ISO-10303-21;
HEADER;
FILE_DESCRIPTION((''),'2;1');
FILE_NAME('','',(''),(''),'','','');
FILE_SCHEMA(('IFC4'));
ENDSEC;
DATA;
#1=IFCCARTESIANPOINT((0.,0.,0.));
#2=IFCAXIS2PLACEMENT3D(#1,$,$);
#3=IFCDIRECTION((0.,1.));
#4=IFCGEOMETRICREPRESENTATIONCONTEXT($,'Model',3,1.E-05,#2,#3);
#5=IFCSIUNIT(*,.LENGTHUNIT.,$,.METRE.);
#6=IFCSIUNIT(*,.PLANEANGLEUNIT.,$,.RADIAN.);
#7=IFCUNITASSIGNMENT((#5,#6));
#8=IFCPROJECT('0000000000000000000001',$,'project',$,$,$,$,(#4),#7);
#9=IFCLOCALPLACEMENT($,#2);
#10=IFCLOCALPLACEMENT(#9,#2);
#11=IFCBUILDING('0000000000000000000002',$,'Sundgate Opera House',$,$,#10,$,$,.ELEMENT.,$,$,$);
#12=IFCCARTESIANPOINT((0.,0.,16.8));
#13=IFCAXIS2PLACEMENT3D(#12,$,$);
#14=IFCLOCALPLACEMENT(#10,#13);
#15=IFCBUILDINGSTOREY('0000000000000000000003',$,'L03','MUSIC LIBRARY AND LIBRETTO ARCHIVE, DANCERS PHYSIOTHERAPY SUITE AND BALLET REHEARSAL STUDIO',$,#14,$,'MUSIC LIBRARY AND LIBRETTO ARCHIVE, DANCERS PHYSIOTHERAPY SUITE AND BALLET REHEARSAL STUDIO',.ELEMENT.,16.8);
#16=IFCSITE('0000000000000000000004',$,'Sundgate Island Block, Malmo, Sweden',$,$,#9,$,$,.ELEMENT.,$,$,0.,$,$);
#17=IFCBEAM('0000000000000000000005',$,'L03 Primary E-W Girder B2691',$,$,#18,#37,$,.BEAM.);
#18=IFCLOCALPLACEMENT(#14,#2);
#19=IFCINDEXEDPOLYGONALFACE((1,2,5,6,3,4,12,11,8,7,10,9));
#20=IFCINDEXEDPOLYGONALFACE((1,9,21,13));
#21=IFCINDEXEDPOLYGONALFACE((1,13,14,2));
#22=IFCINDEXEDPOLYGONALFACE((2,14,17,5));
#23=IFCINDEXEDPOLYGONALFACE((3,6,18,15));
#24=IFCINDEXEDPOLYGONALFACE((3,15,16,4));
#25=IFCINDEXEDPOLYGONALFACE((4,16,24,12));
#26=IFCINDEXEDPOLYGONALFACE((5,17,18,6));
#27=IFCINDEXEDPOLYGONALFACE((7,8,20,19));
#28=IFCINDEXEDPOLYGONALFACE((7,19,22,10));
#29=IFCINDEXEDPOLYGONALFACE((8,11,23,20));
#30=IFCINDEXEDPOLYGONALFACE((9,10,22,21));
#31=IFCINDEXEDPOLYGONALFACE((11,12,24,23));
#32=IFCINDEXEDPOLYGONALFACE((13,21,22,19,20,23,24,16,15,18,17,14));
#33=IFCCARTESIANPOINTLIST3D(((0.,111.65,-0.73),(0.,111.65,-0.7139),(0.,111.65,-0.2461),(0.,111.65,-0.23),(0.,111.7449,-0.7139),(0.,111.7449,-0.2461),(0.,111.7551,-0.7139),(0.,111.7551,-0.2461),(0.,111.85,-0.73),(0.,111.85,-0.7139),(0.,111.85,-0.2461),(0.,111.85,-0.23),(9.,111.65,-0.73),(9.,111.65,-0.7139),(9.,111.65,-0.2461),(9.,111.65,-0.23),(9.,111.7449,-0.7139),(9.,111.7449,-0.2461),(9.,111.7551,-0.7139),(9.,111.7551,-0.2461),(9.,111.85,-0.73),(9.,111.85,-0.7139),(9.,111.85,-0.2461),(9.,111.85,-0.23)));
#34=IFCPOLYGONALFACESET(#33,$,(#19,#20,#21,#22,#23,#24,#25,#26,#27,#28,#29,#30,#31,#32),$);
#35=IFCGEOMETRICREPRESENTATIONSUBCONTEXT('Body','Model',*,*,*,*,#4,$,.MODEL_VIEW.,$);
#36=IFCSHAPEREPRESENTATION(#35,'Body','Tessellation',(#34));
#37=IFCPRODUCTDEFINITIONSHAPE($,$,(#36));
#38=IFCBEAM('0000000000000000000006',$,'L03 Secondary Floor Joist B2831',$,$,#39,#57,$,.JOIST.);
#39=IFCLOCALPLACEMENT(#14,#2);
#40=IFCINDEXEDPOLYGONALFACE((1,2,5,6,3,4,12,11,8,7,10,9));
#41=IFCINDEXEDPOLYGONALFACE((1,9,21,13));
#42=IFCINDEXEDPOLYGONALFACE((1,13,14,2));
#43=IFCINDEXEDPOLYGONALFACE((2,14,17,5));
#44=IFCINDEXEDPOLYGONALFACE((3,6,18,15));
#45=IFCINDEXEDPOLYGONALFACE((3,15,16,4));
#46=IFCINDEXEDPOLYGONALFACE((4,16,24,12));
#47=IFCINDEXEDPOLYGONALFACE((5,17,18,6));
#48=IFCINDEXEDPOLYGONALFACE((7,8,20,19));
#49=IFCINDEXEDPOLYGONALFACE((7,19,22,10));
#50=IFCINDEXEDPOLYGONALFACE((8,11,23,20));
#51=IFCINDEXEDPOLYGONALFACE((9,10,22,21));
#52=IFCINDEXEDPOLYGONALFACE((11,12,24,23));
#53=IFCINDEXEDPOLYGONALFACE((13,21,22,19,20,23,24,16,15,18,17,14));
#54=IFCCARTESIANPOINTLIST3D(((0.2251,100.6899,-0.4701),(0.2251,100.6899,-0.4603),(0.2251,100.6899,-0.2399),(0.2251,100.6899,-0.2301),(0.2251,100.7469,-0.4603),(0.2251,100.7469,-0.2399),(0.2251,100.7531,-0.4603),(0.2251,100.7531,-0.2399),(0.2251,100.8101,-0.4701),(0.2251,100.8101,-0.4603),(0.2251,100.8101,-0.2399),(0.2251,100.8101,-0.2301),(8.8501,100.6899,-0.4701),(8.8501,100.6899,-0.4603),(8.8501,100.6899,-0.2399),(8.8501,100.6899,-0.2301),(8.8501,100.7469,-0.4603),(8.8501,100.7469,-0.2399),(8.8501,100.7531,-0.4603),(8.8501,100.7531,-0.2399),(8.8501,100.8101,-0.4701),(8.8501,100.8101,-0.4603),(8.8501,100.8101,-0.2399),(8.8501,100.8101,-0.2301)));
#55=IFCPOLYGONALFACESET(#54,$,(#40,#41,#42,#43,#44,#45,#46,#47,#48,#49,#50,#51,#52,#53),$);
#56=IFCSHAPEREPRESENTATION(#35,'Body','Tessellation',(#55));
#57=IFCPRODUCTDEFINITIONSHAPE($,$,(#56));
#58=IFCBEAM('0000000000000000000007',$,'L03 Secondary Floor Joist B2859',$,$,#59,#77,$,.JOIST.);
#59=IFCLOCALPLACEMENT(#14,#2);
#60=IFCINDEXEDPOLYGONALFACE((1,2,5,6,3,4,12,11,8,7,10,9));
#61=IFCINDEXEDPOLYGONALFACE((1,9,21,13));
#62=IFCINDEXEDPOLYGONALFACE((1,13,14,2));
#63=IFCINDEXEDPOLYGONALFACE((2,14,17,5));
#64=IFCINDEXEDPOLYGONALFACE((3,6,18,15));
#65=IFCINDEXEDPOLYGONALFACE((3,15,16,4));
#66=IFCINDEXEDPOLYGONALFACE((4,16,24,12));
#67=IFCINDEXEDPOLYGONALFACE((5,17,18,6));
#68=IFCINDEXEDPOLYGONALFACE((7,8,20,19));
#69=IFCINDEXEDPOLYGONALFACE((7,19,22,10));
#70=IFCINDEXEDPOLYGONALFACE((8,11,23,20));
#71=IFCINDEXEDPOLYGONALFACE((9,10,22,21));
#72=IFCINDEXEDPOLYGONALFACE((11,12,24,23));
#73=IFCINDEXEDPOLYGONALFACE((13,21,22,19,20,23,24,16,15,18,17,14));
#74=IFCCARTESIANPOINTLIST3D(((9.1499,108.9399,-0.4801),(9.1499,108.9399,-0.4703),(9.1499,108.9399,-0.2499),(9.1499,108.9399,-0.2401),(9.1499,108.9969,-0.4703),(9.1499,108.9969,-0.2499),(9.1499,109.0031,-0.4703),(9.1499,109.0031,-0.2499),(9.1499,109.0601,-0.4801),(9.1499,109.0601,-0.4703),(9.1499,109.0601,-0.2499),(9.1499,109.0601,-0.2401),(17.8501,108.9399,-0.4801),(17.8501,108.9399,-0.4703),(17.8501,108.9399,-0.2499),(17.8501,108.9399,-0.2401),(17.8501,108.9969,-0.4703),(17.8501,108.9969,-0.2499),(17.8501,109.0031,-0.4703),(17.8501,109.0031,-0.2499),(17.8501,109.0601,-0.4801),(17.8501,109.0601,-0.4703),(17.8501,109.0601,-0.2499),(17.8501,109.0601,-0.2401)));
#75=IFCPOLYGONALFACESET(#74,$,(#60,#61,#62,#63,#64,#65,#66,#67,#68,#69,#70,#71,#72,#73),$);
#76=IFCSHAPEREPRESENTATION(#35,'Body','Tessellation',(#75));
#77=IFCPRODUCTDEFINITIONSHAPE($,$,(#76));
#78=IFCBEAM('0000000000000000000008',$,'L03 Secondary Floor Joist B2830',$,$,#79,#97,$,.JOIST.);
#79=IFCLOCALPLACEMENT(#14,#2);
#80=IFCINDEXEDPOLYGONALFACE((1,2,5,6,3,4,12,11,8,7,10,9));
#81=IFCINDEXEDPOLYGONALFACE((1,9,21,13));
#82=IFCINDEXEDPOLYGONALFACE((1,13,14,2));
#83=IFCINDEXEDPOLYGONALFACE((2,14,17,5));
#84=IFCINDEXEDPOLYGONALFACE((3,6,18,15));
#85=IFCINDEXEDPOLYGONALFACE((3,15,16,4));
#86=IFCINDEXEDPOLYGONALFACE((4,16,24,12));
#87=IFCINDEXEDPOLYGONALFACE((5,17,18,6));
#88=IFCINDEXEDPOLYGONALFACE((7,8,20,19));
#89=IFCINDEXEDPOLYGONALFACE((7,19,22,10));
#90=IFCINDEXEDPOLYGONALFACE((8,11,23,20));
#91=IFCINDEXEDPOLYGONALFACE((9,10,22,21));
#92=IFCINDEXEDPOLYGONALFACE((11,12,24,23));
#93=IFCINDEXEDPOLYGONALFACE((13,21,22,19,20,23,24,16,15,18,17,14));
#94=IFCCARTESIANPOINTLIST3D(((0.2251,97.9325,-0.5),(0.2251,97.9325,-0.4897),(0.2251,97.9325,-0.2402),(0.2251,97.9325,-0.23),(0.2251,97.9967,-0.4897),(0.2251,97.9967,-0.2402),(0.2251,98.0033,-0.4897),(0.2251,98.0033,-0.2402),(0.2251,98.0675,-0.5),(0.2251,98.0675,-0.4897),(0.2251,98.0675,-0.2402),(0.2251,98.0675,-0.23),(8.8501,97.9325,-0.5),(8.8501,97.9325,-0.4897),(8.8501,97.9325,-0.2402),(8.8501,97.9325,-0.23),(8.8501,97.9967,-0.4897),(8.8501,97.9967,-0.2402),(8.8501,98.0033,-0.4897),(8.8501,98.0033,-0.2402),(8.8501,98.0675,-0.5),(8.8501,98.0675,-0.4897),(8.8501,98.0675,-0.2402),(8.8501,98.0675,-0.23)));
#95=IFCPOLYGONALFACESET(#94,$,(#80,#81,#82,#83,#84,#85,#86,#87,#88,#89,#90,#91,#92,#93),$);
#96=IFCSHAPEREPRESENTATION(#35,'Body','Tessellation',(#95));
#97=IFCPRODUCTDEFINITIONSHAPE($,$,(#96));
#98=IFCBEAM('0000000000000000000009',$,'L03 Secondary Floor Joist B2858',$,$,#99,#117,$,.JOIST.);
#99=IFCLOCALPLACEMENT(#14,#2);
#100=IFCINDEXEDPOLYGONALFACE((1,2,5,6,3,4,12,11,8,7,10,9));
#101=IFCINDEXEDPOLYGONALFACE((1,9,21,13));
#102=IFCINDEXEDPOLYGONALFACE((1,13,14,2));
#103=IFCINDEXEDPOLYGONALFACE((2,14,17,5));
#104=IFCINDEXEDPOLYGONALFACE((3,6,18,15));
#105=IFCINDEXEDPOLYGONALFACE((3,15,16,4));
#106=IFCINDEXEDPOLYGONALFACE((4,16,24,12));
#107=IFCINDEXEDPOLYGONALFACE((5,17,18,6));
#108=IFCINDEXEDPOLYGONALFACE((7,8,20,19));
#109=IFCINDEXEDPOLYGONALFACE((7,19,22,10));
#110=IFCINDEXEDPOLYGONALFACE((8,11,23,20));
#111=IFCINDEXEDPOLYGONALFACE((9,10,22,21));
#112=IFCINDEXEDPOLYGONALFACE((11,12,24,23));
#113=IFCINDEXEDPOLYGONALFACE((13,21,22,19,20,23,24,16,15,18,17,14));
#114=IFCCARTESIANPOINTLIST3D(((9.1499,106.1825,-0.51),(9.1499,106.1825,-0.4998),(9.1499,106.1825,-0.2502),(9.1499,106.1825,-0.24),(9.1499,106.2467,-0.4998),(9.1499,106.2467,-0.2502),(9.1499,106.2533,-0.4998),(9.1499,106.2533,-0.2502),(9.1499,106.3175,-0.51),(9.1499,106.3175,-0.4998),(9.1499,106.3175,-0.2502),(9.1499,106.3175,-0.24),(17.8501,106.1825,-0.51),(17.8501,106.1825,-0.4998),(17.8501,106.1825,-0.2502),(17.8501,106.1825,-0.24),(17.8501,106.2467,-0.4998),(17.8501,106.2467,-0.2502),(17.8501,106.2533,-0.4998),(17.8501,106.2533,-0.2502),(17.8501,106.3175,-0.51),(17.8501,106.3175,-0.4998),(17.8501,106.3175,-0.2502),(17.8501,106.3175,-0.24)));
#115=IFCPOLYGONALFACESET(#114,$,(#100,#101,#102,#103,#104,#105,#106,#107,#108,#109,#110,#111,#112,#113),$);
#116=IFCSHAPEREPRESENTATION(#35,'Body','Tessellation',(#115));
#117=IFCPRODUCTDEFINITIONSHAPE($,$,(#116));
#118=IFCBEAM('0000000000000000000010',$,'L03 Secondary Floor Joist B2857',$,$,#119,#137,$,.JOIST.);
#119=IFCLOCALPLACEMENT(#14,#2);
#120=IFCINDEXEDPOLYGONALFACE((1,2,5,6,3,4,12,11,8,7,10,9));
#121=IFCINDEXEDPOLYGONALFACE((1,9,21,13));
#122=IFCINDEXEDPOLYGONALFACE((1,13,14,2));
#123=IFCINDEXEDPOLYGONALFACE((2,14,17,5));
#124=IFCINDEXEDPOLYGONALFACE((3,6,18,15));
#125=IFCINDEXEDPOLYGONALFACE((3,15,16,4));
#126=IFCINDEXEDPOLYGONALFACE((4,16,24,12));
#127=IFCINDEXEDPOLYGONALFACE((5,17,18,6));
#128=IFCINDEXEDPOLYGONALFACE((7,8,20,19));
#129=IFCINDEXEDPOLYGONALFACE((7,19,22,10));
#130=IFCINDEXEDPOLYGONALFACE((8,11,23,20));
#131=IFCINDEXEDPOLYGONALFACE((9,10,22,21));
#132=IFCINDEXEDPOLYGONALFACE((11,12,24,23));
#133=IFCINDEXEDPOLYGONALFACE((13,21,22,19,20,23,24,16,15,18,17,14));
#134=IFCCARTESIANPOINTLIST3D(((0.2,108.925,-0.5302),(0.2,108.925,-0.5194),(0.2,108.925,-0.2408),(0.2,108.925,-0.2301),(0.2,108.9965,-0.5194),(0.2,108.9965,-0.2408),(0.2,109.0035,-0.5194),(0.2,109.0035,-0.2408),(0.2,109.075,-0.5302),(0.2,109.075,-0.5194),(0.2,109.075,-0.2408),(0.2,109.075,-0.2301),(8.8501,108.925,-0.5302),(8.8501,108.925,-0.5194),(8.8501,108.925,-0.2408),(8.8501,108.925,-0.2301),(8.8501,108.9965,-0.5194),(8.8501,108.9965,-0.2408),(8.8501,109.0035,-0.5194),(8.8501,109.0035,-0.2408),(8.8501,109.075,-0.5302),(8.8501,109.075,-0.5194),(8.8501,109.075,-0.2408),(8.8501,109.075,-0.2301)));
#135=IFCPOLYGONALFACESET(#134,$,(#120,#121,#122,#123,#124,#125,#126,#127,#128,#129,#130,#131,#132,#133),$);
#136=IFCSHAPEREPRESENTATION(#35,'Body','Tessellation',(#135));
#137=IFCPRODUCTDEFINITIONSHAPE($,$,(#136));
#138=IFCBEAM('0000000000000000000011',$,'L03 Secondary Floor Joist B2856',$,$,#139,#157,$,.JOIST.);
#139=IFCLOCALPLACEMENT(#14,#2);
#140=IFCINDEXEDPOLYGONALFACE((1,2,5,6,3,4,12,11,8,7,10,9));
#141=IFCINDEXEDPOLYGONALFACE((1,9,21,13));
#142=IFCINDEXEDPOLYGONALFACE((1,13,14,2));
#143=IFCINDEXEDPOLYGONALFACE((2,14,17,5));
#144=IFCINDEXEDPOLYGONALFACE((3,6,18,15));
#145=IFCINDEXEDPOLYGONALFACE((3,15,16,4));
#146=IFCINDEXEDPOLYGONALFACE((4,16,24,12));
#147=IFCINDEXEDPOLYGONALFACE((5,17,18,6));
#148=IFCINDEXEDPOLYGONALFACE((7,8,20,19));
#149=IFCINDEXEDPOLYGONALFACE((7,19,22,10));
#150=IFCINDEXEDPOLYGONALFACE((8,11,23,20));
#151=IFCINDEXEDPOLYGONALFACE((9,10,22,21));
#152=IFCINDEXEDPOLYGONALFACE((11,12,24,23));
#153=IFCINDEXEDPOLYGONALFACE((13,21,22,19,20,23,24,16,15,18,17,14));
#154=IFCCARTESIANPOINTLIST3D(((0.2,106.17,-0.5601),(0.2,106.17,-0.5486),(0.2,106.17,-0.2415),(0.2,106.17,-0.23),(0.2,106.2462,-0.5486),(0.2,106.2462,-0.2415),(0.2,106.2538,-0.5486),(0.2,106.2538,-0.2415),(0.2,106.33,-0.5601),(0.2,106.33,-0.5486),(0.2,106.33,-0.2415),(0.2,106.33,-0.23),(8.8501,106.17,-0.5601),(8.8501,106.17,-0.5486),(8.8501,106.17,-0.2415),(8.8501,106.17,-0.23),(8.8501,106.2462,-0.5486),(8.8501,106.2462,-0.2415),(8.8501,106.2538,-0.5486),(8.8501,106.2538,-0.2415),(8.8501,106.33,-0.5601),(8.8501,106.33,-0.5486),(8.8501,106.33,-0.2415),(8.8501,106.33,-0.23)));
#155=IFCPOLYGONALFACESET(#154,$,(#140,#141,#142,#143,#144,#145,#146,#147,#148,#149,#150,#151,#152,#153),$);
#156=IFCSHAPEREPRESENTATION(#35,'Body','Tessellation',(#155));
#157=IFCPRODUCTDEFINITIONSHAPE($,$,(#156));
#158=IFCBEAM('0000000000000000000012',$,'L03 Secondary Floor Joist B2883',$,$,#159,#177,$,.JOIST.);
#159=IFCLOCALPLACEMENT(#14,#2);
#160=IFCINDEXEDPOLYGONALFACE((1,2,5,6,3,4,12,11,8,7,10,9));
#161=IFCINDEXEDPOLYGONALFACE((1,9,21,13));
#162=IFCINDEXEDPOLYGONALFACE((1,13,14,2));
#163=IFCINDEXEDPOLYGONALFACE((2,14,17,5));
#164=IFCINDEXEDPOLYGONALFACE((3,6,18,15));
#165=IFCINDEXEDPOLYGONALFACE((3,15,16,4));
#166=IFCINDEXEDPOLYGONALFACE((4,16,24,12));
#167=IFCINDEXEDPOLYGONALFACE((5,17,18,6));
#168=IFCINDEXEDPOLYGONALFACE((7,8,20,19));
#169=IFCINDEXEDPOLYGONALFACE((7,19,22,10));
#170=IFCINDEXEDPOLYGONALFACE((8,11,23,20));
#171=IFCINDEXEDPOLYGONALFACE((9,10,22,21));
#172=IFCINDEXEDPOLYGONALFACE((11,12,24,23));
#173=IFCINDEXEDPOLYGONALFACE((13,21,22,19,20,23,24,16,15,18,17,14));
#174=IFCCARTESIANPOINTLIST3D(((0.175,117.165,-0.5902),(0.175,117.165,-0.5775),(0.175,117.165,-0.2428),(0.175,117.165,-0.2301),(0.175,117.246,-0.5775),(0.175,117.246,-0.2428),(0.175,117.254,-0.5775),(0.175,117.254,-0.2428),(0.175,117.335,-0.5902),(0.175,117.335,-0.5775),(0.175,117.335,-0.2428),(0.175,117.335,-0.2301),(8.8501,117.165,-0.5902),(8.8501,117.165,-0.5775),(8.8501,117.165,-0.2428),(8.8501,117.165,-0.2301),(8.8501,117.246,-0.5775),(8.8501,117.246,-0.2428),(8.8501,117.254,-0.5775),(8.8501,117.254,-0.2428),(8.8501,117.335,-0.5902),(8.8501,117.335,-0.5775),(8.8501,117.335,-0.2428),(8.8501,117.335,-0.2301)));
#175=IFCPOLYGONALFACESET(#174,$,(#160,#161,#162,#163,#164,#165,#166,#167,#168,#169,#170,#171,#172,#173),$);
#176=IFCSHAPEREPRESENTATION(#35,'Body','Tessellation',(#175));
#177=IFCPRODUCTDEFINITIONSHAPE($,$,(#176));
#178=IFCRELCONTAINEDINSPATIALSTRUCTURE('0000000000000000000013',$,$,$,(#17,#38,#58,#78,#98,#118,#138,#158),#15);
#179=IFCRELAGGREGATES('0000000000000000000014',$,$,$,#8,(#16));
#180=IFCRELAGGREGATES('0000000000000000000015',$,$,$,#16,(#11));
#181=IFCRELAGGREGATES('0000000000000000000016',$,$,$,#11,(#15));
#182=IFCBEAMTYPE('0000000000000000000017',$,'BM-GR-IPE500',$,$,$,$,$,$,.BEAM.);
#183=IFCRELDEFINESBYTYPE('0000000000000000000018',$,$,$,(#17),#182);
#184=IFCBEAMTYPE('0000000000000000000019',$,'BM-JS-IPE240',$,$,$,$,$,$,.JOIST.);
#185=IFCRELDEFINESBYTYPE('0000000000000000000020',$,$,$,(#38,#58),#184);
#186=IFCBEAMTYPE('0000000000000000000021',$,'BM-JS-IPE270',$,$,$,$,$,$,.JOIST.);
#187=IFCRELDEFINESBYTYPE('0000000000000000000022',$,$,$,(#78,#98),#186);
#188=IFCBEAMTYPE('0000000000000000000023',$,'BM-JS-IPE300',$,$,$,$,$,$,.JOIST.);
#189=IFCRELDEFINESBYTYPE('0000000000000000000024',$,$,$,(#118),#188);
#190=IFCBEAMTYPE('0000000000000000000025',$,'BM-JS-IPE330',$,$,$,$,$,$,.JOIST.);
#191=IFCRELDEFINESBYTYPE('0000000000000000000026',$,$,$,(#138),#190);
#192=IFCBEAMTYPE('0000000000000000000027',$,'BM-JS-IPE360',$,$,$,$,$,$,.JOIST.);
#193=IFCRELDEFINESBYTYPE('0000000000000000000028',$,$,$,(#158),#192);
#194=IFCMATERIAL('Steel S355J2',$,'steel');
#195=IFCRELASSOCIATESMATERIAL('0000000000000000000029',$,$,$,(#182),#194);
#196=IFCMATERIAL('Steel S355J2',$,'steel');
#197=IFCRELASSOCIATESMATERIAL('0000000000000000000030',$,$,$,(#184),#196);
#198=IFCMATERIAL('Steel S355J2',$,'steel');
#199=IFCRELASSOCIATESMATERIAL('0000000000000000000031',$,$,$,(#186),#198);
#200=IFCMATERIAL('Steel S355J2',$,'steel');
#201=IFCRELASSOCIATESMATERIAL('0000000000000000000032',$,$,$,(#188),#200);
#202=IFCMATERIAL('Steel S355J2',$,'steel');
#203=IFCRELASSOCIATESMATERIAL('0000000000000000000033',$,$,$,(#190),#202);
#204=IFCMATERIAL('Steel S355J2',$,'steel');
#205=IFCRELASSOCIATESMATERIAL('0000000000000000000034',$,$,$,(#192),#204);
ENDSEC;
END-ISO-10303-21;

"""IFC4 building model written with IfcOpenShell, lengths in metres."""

from ifc_helpers import new_model, si_unit, direction, frame, origin, origin_2d, place, context, subcontext, project, spatial, i_section, extrude, material, material_profile, profile_set, type_object, element, save


model = new_model("IFC4")

# Units and contexts
model_context = context("Model", 3, precision=1e-05, world=origin(), true_north=direction((0.0, 1.0)))
body_context = subcontext(model_context, "Body", "Model", "MODEL_VIEW")
ifc_project = project(units=[si_unit("LENGTHUNIT", "METRE"), si_unit("PLANEANGLEUNIT", "RADIAN")], contexts=[model_context])

# Site, building, storey
site_placement = place(None, origin())
site = spatial("IfcSite", under=ifc_project, at=site_placement, Name="Sundgate Island Block, Malmo, Sweden", CompositionType="ELEMENT", RefElevation=0.0)
building_placement = place(site_placement, origin())
building = spatial("IfcBuilding", under=site, at=building_placement, Name="Sundgate Opera House", CompositionType="ELEMENT")
storey_placement = place(building_placement, frame((0.0, 0.0, 16.8)))
storey = spatial("IfcBuildingStorey", under=building, at=storey_placement, Name="L03", Description="MUSIC LIBRARY AND LIBRETTO ARCHIVE, DANCERS PHYSIOTHERAPY SUITE AND BALLET REHEARSAL STUDIO", LongName="MUSIC LIBRARY AND LIBRETTO ARCHIVE, DANCERS PHYSIOTHERAPY SUITE AND BALLET REHEARSAL STUDIO", CompositionType="ELEMENT", Elevation=16.8)

# Beams
ifc_material_1 = material(Name="Steel S355J2", Category="steel")
ifc_material_profile_1 = material_profile(ifc_material_1, i_section(OverallWidth=0.2, OverallDepth=0.5, WebThickness=0.0103, FlangeThickness=0.0161, at=origin_2d()), Name="IPE 500")
ifc_profile_set_1 = profile_set([ifc_material_profile_1], Name="Steel S355J2")
beam_type_1 = type_object("IfcBeamType", Name="BM-GR-IPE500", PredefinedType="BEAM", material=ifc_profile_set_1)
beam_1_placement = place(storey_placement, frame((0.0, 111.75, -0.48), z_axis=(1.0, 0.0, 0.0), x_axis=(0.0, 1.0, 0.0)))
element("IfcBeam", 1, at=beam_1_placement, inside=storey, type_object=beam_type_1, Name="L03 Primary E-W Girder B2691", PredefinedType="BEAM", context=body_context, shape_type="SweptSolid", body=[
    extrude(i_section(OverallWidth=0.2, OverallDepth=0.5, WebThickness=0.0103, FlangeThickness=0.0161, at=origin_2d()), origin(), (0.0, 0.0, 1.0), 9.0),
])
ifc_material_2 = material(Name="Steel S355J2", Category="steel")
ifc_material_profile_2 = material_profile(ifc_material_2, i_section(OverallWidth=0.1201, OverallDepth=0.24, WebThickness=0.0061, FlangeThickness=0.0098, at=origin_2d()), Name="IPE 240")
ifc_profile_set_2 = profile_set([ifc_material_profile_2], Name="Steel S355J2")
beam_type_2 = type_object("IfcBeamType", Name="BM-JS-IPE240", PredefinedType="JOIST", material=ifc_profile_set_2)
beam_2_placement = place(storey_placement, frame((0.2251, 100.75, -0.3501), z_axis=(1.0, 0.0, 0.0), x_axis=(0.0, 1.0, 0.0)))
element("IfcBeam", 2, at=beam_2_placement, inside=storey, type_object=beam_type_2, Name="L03 Secondary Floor Joist B2831", PredefinedType="JOIST", context=body_context, shape_type="SweptSolid", body=[
    extrude(i_section(OverallWidth=0.1201, OverallDepth=0.24, WebThickness=0.0061, FlangeThickness=0.0098, at=origin_2d()), origin(), (0.0, 0.0, 1.0), 8.625),
])
beam_3_placement = place(storey_placement, frame((9.1499, 109.0, -0.3601), z_axis=(1.0, 0.0, 0.0), x_axis=(0.0, 1.0, 0.0)))
element("IfcBeam", 3, at=beam_3_placement, inside=storey, type_object=beam_type_2, Name="L03 Secondary Floor Joist B2859", PredefinedType="JOIST", context=body_context, shape_type="SweptSolid", body=[
    extrude(i_section(OverallWidth=0.1201, OverallDepth=0.24, WebThickness=0.0061, FlangeThickness=0.0098, at=origin_2d()), origin(), (0.0, 0.0, 1.0), 8.7002),
])
ifc_material_3 = material(Name="Steel S355J2", Category="steel")
ifc_material_profile_3 = material_profile(ifc_material_3, i_section(OverallWidth=0.135, OverallDepth=0.27, WebThickness=0.0066, FlangeThickness=0.0103, at=origin_2d()), Name="IPE 270")
ifc_profile_set_3 = profile_set([ifc_material_profile_3], Name="Steel S355J2")
beam_type_3 = type_object("IfcBeamType", Name="BM-JS-IPE270", PredefinedType="JOIST", material=ifc_profile_set_3)
beam_4_placement = place(storey_placement, frame((0.2251, 98.0, -0.365), z_axis=(1.0, 0.0, 0.0), x_axis=(0.0, 1.0, 0.0)))
element("IfcBeam", 4, at=beam_4_placement, inside=storey, type_object=beam_type_3, Name="L03 Secondary Floor Joist B2830", PredefinedType="JOIST", context=body_context, shape_type="SweptSolid", body=[
    extrude(i_section(OverallWidth=0.135, OverallDepth=0.27, WebThickness=0.0066, FlangeThickness=0.0103, at=origin_2d()), origin(), (0.0, 0.0, 1.0), 8.625),
])
beam_5_placement = place(storey_placement, frame((9.1499, 106.25, -0.375), z_axis=(1.0, 0.0, 0.0), x_axis=(0.0, 1.0, 0.0)))
element("IfcBeam", 5, at=beam_5_placement, inside=storey, type_object=beam_type_3, Name="L03 Secondary Floor Joist B2858", PredefinedType="JOIST", context=body_context, shape_type="SweptSolid", body=[
    extrude(i_section(OverallWidth=0.135, OverallDepth=0.27, WebThickness=0.0066, FlangeThickness=0.0103, at=origin_2d()), origin(), (0.0, 0.0, 1.0), 8.7002),
])
ifc_material_4 = material(Name="Steel S355J2", Category="steel")
ifc_material_profile_4 = material_profile(ifc_material_4, i_section(OverallWidth=0.1499, OverallDepth=0.3, WebThickness=0.0071, FlangeThickness=0.0107, at=origin_2d()), Name="IPE 300")
ifc_profile_set_4 = profile_set([ifc_material_profile_4], Name="Steel S355J2")
beam_type_4 = type_object("IfcBeamType", Name="BM-JS-IPE300", PredefinedType="JOIST", material=ifc_profile_set_4)
beam_6_placement = place(storey_placement, frame((0.2, 109.0, -0.3801), z_axis=(1.0, 0.0, 0.0), x_axis=(0.0, 1.0, 0.0)))
element("IfcBeam", 6, at=beam_6_placement, inside=storey, type_object=beam_type_4, Name="L03 Secondary Floor Joist B2857", PredefinedType="JOIST", context=body_context, shape_type="SweptSolid", body=[
    extrude(i_section(OverallWidth=0.1499, OverallDepth=0.3, WebThickness=0.0071, FlangeThickness=0.0107, at=origin_2d()), origin(), (0.0, 0.0, 1.0), 8.6501),
])
ifc_material_5 = material(Name="Steel S355J2", Category="steel")
ifc_material_profile_5 = material_profile(ifc_material_5, i_section(OverallWidth=0.1599, OverallDepth=0.3301, WebThickness=0.0076, FlangeThickness=0.0115, at=origin_2d()), Name="IPE 330")
ifc_profile_set_5 = profile_set([ifc_material_profile_5], Name="Steel S355J2")
beam_type_5 = type_object("IfcBeamType", Name="BM-JS-IPE330", PredefinedType="JOIST", material=ifc_profile_set_5)
beam_7_placement = place(storey_placement, frame((0.2, 106.25, -0.395), z_axis=(1.0, 0.0, 0.0), x_axis=(0.0, 1.0, 0.0)))
element("IfcBeam", 7, at=beam_7_placement, inside=storey, type_object=beam_type_5, Name="L03 Secondary Floor Joist B2856", PredefinedType="JOIST", context=body_context, shape_type="SweptSolid", body=[
    extrude(i_section(OverallWidth=0.1599, OverallDepth=0.3301, WebThickness=0.0076, FlangeThickness=0.0115, at=origin_2d()), origin(), (0.0, 0.0, 1.0), 8.6501),
])
ifc_material_6 = material(Name="Steel S355J2", Category="steel")
ifc_material_profile_6 = material_profile(ifc_material_6, i_section(OverallWidth=0.1699, OverallDepth=0.3601, WebThickness=0.0081, FlangeThickness=0.0127, at=origin_2d()), Name="IPE 360")
ifc_profile_set_6 = profile_set([ifc_material_profile_6], Name="Steel S355J2")
beam_type_6 = type_object("IfcBeamType", Name="BM-JS-IPE360", PredefinedType="JOIST", material=ifc_profile_set_6)
beam_8_placement = place(storey_placement, frame((0.175, 117.25, -0.4102), z_axis=(1.0, 0.0, 0.0), x_axis=(0.0, 1.0, 0.0)))
element("IfcBeam", 8, at=beam_8_placement, inside=storey, type_object=beam_type_6, Name="L03 Secondary Floor Joist B2883", PredefinedType="JOIST", context=body_context, shape_type="SweptSolid", body=[
    extrude(i_section(OverallWidth=0.1699, OverallDepth=0.3601, WebThickness=0.0081, FlangeThickness=0.0127, at=origin_2d()), origin(), (0.0, 0.0, 1.0), 8.675),
])

save(model, "model.ifc")
